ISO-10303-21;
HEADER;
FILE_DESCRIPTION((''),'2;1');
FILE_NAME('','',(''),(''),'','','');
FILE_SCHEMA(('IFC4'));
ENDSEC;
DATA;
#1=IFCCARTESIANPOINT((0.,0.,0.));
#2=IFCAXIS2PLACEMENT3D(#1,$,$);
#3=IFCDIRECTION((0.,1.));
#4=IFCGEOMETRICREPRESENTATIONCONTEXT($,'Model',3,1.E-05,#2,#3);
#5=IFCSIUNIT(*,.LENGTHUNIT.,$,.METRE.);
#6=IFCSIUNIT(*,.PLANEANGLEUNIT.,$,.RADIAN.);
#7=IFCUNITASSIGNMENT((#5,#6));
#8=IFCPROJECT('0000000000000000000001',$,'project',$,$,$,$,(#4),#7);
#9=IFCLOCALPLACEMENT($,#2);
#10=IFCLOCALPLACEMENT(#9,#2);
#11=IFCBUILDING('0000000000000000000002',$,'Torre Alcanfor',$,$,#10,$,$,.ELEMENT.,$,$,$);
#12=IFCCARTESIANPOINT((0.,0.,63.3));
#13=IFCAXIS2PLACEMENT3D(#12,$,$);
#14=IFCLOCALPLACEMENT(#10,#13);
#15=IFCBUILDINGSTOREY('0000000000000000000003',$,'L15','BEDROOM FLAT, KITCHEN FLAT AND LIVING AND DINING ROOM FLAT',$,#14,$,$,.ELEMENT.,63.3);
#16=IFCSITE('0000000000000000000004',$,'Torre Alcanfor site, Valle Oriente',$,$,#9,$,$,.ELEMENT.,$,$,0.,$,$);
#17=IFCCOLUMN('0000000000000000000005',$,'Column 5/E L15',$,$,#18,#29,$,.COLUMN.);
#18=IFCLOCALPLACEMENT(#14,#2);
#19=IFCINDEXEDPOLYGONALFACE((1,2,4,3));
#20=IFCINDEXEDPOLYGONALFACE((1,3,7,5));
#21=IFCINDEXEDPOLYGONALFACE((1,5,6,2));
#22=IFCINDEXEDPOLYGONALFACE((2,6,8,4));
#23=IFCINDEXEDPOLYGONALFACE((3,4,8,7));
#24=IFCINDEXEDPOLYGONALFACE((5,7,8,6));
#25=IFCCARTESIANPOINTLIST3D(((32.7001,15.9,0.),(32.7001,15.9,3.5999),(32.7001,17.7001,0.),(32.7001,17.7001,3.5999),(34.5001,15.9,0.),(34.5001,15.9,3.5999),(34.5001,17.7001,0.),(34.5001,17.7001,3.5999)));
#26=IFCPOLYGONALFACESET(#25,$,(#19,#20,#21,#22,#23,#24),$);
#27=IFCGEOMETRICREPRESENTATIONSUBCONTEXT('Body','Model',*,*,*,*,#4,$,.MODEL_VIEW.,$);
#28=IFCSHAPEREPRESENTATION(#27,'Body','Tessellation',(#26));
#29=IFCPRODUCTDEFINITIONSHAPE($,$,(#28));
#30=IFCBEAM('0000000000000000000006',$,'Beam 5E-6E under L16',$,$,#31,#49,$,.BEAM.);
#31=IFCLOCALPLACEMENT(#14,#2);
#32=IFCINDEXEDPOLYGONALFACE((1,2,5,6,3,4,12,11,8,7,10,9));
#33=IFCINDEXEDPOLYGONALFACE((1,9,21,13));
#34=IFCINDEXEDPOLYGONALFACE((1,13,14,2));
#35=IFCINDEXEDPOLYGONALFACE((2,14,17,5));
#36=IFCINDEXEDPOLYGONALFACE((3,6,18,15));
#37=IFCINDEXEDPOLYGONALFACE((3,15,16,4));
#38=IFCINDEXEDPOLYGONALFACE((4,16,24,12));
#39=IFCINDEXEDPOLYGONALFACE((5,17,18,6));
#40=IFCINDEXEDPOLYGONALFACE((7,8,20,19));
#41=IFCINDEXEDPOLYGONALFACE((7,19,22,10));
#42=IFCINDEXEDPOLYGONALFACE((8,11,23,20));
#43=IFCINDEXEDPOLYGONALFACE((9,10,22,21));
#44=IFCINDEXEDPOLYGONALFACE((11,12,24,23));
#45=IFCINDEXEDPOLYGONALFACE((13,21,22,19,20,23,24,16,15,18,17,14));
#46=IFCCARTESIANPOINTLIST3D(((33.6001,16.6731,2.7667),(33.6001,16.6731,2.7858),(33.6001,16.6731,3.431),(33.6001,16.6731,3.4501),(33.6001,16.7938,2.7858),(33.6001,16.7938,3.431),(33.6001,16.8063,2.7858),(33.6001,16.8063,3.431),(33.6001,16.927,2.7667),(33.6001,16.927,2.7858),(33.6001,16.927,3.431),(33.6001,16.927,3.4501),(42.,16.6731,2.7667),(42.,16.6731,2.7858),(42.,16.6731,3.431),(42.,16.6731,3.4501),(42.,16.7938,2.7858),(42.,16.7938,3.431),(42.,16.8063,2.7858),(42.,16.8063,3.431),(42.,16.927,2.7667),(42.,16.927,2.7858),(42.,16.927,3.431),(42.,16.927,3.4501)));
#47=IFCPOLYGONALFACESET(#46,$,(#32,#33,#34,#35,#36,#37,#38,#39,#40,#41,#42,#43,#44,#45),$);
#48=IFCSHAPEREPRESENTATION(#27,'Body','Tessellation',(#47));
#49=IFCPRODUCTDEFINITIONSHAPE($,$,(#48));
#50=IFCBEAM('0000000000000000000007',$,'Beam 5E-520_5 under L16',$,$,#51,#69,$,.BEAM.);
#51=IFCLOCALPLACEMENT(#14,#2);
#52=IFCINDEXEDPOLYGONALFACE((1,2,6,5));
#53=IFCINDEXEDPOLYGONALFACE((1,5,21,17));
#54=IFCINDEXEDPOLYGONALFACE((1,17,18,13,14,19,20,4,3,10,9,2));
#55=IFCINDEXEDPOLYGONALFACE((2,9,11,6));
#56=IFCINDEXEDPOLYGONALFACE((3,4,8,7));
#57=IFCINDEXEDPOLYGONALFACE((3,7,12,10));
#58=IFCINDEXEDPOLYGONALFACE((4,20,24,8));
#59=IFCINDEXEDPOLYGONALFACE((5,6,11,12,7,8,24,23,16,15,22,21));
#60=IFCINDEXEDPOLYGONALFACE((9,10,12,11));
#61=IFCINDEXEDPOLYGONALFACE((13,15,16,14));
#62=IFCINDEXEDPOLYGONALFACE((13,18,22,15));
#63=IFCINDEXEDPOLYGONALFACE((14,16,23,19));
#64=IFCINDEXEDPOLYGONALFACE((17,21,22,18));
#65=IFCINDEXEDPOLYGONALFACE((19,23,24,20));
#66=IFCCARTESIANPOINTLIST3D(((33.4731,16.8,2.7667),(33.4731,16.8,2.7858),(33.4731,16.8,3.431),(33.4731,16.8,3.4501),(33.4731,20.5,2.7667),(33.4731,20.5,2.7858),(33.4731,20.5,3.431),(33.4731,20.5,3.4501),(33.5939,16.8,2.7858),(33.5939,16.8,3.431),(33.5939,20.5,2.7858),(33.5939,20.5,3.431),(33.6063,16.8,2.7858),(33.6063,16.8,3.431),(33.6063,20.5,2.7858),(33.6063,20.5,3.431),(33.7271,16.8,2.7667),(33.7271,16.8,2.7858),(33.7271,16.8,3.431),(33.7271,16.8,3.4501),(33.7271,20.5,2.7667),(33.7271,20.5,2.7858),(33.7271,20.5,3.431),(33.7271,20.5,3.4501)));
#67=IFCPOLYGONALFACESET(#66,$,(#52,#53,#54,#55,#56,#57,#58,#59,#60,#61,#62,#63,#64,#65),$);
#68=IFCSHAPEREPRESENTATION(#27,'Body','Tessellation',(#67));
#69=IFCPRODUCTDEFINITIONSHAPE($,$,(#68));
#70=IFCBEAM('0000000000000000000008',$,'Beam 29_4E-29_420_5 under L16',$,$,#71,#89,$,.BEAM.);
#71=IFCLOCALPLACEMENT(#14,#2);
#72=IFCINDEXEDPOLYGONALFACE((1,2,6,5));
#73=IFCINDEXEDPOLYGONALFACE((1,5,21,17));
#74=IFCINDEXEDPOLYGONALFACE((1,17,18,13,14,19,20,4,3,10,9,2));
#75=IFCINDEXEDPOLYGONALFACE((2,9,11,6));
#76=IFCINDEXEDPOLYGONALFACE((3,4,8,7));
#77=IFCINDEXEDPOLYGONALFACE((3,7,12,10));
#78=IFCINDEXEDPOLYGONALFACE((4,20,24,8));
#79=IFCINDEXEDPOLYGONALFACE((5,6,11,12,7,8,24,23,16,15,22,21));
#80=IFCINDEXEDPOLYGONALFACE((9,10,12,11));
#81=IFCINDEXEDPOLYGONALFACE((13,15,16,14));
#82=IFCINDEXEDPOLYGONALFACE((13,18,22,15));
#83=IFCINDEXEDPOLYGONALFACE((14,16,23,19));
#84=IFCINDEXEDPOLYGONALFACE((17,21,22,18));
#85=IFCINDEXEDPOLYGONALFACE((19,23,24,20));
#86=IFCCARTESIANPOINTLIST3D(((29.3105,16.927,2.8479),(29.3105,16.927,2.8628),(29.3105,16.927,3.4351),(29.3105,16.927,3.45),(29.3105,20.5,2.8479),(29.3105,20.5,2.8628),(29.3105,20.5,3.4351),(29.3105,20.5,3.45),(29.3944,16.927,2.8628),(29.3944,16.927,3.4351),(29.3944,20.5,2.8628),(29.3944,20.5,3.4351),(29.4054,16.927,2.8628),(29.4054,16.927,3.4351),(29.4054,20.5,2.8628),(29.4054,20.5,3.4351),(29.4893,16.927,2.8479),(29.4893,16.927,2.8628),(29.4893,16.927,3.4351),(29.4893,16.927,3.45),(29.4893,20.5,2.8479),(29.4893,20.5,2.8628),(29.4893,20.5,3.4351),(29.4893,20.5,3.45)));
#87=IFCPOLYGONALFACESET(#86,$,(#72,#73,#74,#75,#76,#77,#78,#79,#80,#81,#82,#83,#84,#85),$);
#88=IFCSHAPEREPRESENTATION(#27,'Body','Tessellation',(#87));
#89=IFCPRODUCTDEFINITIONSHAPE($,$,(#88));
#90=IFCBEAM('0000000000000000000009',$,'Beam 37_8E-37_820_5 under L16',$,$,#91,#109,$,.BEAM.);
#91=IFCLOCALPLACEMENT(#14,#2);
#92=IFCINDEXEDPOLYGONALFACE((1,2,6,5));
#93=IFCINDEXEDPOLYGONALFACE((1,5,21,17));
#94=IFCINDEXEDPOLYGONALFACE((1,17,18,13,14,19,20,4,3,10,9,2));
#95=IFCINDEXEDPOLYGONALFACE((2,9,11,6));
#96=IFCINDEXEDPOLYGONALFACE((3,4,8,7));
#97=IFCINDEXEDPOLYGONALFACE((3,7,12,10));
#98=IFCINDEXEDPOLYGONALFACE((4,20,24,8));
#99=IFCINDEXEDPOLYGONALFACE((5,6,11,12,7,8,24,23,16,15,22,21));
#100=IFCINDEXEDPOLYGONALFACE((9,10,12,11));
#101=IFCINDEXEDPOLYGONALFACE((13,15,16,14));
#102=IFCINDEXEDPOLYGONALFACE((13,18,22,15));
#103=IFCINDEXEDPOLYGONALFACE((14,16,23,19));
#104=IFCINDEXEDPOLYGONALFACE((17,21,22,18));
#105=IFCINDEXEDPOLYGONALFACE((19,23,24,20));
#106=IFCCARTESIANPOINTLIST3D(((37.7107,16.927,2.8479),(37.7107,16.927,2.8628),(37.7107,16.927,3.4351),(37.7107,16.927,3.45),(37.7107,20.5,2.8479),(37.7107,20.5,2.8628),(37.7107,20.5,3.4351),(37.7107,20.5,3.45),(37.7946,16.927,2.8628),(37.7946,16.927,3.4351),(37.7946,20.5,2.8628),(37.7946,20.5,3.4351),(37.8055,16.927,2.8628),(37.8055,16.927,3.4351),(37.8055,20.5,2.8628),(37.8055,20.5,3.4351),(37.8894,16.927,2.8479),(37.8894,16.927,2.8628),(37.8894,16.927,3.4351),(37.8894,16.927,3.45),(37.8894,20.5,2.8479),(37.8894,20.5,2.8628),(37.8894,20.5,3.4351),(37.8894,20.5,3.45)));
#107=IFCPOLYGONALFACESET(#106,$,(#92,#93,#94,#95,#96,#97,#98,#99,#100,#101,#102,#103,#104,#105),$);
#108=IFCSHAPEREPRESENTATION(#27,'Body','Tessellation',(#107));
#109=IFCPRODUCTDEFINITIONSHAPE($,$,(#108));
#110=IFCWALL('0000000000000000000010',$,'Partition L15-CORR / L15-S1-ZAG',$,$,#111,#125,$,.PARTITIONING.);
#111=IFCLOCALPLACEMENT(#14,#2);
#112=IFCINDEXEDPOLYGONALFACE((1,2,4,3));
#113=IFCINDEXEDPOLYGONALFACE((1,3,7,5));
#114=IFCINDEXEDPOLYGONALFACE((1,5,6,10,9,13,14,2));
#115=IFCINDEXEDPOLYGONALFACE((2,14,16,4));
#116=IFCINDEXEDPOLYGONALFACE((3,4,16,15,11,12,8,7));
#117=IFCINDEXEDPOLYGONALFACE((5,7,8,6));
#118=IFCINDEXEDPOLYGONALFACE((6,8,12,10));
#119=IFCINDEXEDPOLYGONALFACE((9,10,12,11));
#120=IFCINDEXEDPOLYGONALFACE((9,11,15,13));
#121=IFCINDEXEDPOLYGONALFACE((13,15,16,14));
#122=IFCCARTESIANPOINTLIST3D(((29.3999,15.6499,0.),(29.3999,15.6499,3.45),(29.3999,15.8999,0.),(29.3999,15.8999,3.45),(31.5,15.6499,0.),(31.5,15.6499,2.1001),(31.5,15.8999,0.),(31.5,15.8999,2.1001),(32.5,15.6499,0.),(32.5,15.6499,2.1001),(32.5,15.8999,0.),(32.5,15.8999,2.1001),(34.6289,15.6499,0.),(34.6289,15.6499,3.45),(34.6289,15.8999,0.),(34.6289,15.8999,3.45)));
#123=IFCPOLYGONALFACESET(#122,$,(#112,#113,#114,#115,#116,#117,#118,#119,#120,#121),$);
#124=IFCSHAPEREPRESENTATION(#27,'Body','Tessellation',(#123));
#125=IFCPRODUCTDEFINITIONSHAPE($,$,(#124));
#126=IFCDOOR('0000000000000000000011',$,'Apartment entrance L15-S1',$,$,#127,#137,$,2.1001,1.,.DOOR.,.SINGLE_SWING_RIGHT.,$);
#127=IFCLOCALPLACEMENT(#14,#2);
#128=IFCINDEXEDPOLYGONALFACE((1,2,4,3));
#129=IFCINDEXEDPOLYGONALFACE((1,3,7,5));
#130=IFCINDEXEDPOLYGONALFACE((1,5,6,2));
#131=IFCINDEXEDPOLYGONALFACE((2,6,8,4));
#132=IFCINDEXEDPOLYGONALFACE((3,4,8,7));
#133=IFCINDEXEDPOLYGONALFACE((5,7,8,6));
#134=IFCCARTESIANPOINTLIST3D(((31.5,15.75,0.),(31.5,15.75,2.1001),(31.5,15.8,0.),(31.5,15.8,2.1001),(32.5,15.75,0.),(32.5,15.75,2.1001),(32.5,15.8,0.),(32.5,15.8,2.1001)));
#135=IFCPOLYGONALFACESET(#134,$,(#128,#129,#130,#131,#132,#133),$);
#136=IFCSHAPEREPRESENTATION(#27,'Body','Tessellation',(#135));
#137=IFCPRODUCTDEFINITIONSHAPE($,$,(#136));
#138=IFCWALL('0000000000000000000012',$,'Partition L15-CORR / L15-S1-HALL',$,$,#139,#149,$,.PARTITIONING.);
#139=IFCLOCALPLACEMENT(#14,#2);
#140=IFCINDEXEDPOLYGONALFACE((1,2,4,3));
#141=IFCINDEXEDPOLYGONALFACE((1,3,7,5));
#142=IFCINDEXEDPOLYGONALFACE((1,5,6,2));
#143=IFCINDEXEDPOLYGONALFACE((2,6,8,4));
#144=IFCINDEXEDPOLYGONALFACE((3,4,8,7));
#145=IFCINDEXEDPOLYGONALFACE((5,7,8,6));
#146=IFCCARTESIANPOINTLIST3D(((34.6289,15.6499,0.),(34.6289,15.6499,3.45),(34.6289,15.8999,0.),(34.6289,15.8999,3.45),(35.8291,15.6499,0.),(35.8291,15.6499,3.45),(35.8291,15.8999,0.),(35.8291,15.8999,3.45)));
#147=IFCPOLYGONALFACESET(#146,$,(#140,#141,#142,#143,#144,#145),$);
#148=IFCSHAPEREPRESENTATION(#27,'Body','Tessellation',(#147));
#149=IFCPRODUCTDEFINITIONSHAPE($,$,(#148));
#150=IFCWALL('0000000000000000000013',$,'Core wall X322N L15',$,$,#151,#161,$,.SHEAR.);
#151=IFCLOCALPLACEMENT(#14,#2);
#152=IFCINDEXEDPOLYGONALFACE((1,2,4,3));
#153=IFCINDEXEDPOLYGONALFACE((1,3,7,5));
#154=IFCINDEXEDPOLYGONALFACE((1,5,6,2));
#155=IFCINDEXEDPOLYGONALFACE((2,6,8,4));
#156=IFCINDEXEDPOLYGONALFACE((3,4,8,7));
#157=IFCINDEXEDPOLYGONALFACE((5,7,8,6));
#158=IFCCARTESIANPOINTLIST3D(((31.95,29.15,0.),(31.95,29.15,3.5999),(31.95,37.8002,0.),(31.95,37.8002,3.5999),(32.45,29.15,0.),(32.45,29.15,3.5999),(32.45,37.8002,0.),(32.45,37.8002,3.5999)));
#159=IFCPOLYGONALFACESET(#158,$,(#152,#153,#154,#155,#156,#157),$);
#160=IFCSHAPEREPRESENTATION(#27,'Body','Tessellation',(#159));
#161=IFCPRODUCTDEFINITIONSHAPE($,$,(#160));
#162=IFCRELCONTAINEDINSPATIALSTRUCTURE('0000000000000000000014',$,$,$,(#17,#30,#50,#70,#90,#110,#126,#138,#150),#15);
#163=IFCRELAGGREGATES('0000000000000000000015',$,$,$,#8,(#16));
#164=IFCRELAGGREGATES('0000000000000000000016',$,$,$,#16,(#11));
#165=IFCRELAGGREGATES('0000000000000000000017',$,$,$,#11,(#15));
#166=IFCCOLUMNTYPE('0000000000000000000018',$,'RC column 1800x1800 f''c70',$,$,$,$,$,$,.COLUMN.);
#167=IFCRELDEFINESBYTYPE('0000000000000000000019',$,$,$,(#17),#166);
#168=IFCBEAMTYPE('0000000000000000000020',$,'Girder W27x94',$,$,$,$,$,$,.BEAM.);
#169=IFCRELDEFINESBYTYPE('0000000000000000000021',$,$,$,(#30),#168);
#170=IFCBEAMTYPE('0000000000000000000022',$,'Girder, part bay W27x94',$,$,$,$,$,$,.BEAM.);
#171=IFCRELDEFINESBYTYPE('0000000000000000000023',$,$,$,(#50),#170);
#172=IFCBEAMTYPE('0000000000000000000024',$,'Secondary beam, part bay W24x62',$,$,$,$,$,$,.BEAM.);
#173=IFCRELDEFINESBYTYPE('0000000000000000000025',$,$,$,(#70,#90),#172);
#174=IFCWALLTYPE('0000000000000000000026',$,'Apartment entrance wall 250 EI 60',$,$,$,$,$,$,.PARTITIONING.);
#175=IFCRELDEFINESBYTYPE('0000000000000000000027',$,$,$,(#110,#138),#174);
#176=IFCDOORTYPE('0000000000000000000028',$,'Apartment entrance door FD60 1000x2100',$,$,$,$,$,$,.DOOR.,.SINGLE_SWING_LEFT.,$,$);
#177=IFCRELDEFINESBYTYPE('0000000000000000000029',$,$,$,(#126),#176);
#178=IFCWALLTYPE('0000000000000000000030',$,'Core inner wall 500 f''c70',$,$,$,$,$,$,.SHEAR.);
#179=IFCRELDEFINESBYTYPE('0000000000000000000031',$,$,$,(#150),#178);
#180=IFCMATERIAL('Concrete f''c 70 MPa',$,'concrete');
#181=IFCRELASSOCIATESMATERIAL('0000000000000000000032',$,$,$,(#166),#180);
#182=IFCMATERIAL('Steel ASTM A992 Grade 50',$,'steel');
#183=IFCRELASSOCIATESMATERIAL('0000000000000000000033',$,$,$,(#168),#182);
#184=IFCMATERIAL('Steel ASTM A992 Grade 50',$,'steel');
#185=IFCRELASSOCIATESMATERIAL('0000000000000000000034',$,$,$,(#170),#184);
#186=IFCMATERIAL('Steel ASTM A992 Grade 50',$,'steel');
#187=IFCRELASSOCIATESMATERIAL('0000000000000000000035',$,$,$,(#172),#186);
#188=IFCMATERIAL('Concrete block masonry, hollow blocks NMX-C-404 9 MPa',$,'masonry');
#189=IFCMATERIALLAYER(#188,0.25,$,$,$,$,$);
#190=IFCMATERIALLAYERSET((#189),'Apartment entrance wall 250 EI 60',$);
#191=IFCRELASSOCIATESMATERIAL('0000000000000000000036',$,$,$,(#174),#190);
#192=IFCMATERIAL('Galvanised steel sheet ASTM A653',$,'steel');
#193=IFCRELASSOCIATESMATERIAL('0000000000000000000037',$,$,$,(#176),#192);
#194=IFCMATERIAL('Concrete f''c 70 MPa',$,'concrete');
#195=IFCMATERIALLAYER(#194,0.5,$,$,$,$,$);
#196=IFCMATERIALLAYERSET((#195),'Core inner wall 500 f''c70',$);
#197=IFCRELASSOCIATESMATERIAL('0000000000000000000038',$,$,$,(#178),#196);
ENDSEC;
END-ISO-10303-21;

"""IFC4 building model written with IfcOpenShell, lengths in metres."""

from ifc_helpers import new_model, si_unit, direction, frame, frame_2d, origin, origin_2d, place, context, subcontext, project, spatial, rectangle, i_section, extrude, material, layer, layer_set, material_profile, profile_set, type_object, element, fill, save


model = new_model("IFC4")

# Units and contexts
model_context = context("Model", 3, precision=1e-05, world=origin(), true_north=direction((0.0, 1.0)))
body_context = subcontext(model_context, "Body", "Model", "MODEL_VIEW")
ifc_project = project(units=[si_unit("LENGTHUNIT", "METRE"), si_unit("PLANEANGLEUNIT", "RADIAN")], contexts=[model_context])

# Site, building, storey
site_placement = place(None, origin())
site = spatial("IfcSite", under=ifc_project, at=site_placement, Name="Torre Alcanfor site, Valle Oriente", CompositionType="ELEMENT", RefElevation=0.0)
building_placement = place(site_placement, origin())
building = spatial("IfcBuilding", under=site, at=building_placement, Name="Torre Alcanfor", CompositionType="ELEMENT")
storey_placement = place(building_placement, frame((0.0, 0.0, 63.3)))
storey = spatial("IfcBuildingStorey", under=building, at=storey_placement, Name="L15", Description="BEDROOM FLAT, KITCHEN FLAT AND LIVING AND DINING ROOM FLAT", CompositionType="ELEMENT", Elevation=63.3)

# Column
ifc_material_1 = material(Name="Concrete f'c 70 MPa", Category="concrete")
ifc_material_profile_1 = material_profile(ifc_material_1, rectangle(XDim=1.8, YDim=1.8, at=origin_2d()), Name="1800x1800")
ifc_profile_set_1 = profile_set([ifc_material_profile_1], Name="Concrete f'c 70 MPa")
column_type = type_object("IfcColumnType", Name="RC column 1800x1800 f'c70", PredefinedType="COLUMN", material=ifc_profile_set_1)
column_placement = place(storey_placement, frame((33.6001, 16.8, 0.0), z_axis=(0.0, 0.0, 1.0), x_axis=(1.0, 0.0, 0.0)))
element("IfcColumn", 1, at=column_placement, inside=storey, type_object=column_type, Name="Column 5/E L15", PredefinedType="COLUMN", context=body_context, shape_type="SweptSolid", body=[
    extrude(rectangle(XDim=1.8, YDim=1.8, at=origin_2d()), origin(), (0.0, 0.0, 1.0), 3.5999),
])

# Beams
ifc_material_2 = material(Name="Steel ASTM A992 Grade 50", Category="steel")
ifc_material_profile_2 = material_profile(ifc_material_2, i_section(OverallWidth=0.2539, OverallDepth=0.6833, WebThickness=0.0125, FlangeThickness=0.019, at=origin_2d()), Name="W27x94")
ifc_profile_set_2 = profile_set([ifc_material_profile_2], Name="Steel ASTM A992 Grade 50")
beam_type_1 = type_object("IfcBeamType", Name="Girder W27x94", PredefinedType="BEAM", material=ifc_profile_set_2)
beam_1_placement = place(storey_placement, frame((33.6001, 16.8, 3.1084), z_axis=(1.0, 0.0, 0.0), x_axis=(0.0, 1.0, 0.0)))
element("IfcBeam", 2, at=beam_1_placement, inside=storey, type_object=beam_type_1, Name="Beam 5E-6E under L16", PredefinedType="BEAM", context=body_context, shape_type="SweptSolid", body=[
    extrude(i_section(OverallWidth=0.2539, OverallDepth=0.6833, WebThickness=0.0125, FlangeThickness=0.019, at=origin_2d()), origin(), (0.0, 0.0, 1.0), 8.3999),
])
ifc_material_3 = material(Name="Steel ASTM A992 Grade 50", Category="steel")
ifc_material_profile_3 = material_profile(ifc_material_3, i_section(OverallWidth=0.2539, OverallDepth=0.6833, WebThickness=0.0125, FlangeThickness=0.019, at=origin_2d()), Name="W27x94")
ifc_profile_set_3 = profile_set([ifc_material_profile_3], Name="Steel ASTM A992 Grade 50")
beam_type_2 = type_object("IfcBeamType", Name="Girder, part bay W27x94", PredefinedType="BEAM", material=ifc_profile_set_3)
beam_2_placement = place(storey_placement, frame((33.6001, 16.8, 3.1084), z_axis=(0.0, 1.0, 0.0), x_axis=(-1.0, 0.0, 0.0)))
element("IfcBeam", 3, at=beam_2_placement, inside=storey, type_object=beam_type_2, Name="Beam 5E-520_5 under L16", PredefinedType="BEAM", context=body_context, shape_type="SweptSolid", body=[
    extrude(i_section(OverallWidth=0.2539, OverallDepth=0.6833, WebThickness=0.0125, FlangeThickness=0.019, at=origin_2d()), origin(), (0.0, 0.0, 1.0), 3.7),
])
ifc_material_4 = material(Name="Steel ASTM A992 Grade 50", Category="steel")
ifc_material_profile_4 = material_profile(ifc_material_4, i_section(OverallWidth=0.1787, OverallDepth=0.6021, WebThickness=0.011, FlangeThickness=0.0149, at=origin_2d()), Name="W24x62")
ifc_profile_set_4 = profile_set([ifc_material_profile_4], Name="Steel ASTM A992 Grade 50")
beam_type_3 = type_object("IfcBeamType", Name="Secondary beam, part bay W24x62", PredefinedType="BEAM", material=ifc_profile_set_4)
for number, where, z_axis, x_axis, name in (
    (4, (29.3999, 16.927, 3.1489), (0.0, 1.0, 0.0), (-1.0, 0.0, 0.0), "Beam 29_4E-29_420_5 under L16"),
    (5, (37.8, 16.927, 3.1489), (0.0, 1.0, 0.0), (-1.0, 0.0, 0.0), "Beam 37_8E-37_820_5 under L16"),
):
    element("IfcBeam", number, at=place(storey_placement, frame(where, z_axis=z_axis, x_axis=x_axis)), inside=storey, type_object=beam_type_3, Name=name, PredefinedType="BEAM", context=body_context, shape_type="SweptSolid", body=[
        extrude(i_section(OverallWidth=0.1787, OverallDepth=0.6021, WebThickness=0.011, FlangeThickness=0.0149, at=origin_2d()), origin(), (0.0, 0.0, 1.0), 3.573),
    ])

# Wall, opening, door
ifc_material_5 = material(Name="Concrete block masonry, hollow blocks NMX-C-404 9 MPa", Category="masonry")
ifc_layer_1 = layer(ifc_material_5, 0.25)
ifc_layer_set_1 = layer_set([ifc_layer_1], Name="Apartment entrance wall 250 EI 60")
wall_type_1 = type_object("IfcWallType", Name="Apartment entrance wall 250 EI 60", PredefinedType="PARTITIONING", material=ifc_layer_set_1)
wall_1_placement = place(storey_placement, frame((34.6289, 15.7749, 0.0), z_axis=(0.0, 0.0, 1.0), x_axis=(-1.0, 0.0, 0.0)))
wall_1 = element("IfcWall", 6, at=wall_1_placement, inside=storey, type_object=wall_type_1, Name="Partition L15-CORR / L15-S1-ZAG", PredefinedType="PARTITIONING", context=body_context, shape_type="SweptSolid", body=[
    extrude(rectangle(XDim=5.229, YDim=0.25, at=frame_2d((2.6145, 0.0))), origin(), (0.0, 0.0, 1.0), 3.45),
])
opening_1_placement = place(wall_1_placement, frame((2.1289, 0.0, 0.0)))
opening_1 = element("IfcOpeningElement", 7, at=opening_1_placement, cuts=wall_1, PredefinedType="OPENING", context=body_context, shape_type="SweptSolid", body=[
    extrude(rectangle(XDim=1.0, YDim=2.1001, at=frame_2d((0.5, 1.05))), frame((0.0, 0.135, 0.0), z_axis=(0.0, -1.0, 0.0), x_axis=(1.0, 0.0, 0.0)), (0.0, 0.0, 1.0), 0.27),
])
ifc_material_6 = material(Name="Galvanised steel sheet ASTM A653", Category="steel")
door_type_1 = type_object("IfcDoorType", Name="Apartment entrance door FD60 1000x2100", OperationType="SINGLE_SWING_LEFT", PredefinedType="DOOR", material=ifc_material_6)
door_1_placement = place(opening_1_placement, origin())
door_1 = element("IfcDoor", 8, at=door_1_placement, inside=storey, type_object=door_type_1, Name="Apartment entrance L15-S1", OperationType="SINGLE_SWING_RIGHT", OverallHeight=2.1001, OverallWidth=1.0, PredefinedType="DOOR", context=body_context, shape_type="SweptSolid", body=[
    extrude(rectangle(XDim=1.0, YDim=2.1001, at=frame_2d((0.5, 1.05))), frame((0.0, 0.0249, 0.0), z_axis=(0.0, -1.0, 0.0), x_axis=(1.0, 0.0, 0.0)), (0.0, 0.0, 1.0), 0.05),
])
fill(opening_1, door_1)

# Walls
wall_2_placement = place(storey_placement, frame((35.8291, 15.7749, 0.0), z_axis=(0.0, 0.0, 1.0), x_axis=(-1.0, 0.0, 0.0)))
element("IfcWall", 9, at=wall_2_placement, inside=storey, type_object=wall_type_1, Name="Partition L15-CORR / L15-S1-HALL", PredefinedType="PARTITIONING", context=body_context, shape_type="SweptSolid", body=[
    extrude(rectangle(XDim=1.2002, YDim=0.25, at=frame_2d((0.6001, 0.0))), origin(), (0.0, 0.0, 1.0), 3.45),
])
ifc_material_7 = material(Name="Concrete f'c 70 MPa", Category="concrete")
ifc_layer_2 = layer(ifc_material_7, 0.5)
ifc_layer_set_2 = layer_set([ifc_layer_2], Name="Core inner wall 500 f'c70")
wall_type_2 = type_object("IfcWallType", Name="Core inner wall 500 f'c70", PredefinedType="SHEAR", material=ifc_layer_set_2)
wall_3_placement = place(storey_placement, frame((32.2, 29.1499, 0.0), z_axis=(0.0, 0.0, 1.0), x_axis=(0.0, 1.0, 0.0)))
element("IfcWall", 10, at=wall_3_placement, inside=storey, type_object=wall_type_2, Name="Core wall X322N L15", PredefinedType="SHEAR", context=body_context, shape_type="SweptSolid", body=[
    extrude(rectangle(XDim=8.6501, YDim=0.5, at=frame_2d((4.3252, 0.0))), origin(), (0.0, 0.0, 1.0), 3.5999),
])

save(model, "model.ifc")
